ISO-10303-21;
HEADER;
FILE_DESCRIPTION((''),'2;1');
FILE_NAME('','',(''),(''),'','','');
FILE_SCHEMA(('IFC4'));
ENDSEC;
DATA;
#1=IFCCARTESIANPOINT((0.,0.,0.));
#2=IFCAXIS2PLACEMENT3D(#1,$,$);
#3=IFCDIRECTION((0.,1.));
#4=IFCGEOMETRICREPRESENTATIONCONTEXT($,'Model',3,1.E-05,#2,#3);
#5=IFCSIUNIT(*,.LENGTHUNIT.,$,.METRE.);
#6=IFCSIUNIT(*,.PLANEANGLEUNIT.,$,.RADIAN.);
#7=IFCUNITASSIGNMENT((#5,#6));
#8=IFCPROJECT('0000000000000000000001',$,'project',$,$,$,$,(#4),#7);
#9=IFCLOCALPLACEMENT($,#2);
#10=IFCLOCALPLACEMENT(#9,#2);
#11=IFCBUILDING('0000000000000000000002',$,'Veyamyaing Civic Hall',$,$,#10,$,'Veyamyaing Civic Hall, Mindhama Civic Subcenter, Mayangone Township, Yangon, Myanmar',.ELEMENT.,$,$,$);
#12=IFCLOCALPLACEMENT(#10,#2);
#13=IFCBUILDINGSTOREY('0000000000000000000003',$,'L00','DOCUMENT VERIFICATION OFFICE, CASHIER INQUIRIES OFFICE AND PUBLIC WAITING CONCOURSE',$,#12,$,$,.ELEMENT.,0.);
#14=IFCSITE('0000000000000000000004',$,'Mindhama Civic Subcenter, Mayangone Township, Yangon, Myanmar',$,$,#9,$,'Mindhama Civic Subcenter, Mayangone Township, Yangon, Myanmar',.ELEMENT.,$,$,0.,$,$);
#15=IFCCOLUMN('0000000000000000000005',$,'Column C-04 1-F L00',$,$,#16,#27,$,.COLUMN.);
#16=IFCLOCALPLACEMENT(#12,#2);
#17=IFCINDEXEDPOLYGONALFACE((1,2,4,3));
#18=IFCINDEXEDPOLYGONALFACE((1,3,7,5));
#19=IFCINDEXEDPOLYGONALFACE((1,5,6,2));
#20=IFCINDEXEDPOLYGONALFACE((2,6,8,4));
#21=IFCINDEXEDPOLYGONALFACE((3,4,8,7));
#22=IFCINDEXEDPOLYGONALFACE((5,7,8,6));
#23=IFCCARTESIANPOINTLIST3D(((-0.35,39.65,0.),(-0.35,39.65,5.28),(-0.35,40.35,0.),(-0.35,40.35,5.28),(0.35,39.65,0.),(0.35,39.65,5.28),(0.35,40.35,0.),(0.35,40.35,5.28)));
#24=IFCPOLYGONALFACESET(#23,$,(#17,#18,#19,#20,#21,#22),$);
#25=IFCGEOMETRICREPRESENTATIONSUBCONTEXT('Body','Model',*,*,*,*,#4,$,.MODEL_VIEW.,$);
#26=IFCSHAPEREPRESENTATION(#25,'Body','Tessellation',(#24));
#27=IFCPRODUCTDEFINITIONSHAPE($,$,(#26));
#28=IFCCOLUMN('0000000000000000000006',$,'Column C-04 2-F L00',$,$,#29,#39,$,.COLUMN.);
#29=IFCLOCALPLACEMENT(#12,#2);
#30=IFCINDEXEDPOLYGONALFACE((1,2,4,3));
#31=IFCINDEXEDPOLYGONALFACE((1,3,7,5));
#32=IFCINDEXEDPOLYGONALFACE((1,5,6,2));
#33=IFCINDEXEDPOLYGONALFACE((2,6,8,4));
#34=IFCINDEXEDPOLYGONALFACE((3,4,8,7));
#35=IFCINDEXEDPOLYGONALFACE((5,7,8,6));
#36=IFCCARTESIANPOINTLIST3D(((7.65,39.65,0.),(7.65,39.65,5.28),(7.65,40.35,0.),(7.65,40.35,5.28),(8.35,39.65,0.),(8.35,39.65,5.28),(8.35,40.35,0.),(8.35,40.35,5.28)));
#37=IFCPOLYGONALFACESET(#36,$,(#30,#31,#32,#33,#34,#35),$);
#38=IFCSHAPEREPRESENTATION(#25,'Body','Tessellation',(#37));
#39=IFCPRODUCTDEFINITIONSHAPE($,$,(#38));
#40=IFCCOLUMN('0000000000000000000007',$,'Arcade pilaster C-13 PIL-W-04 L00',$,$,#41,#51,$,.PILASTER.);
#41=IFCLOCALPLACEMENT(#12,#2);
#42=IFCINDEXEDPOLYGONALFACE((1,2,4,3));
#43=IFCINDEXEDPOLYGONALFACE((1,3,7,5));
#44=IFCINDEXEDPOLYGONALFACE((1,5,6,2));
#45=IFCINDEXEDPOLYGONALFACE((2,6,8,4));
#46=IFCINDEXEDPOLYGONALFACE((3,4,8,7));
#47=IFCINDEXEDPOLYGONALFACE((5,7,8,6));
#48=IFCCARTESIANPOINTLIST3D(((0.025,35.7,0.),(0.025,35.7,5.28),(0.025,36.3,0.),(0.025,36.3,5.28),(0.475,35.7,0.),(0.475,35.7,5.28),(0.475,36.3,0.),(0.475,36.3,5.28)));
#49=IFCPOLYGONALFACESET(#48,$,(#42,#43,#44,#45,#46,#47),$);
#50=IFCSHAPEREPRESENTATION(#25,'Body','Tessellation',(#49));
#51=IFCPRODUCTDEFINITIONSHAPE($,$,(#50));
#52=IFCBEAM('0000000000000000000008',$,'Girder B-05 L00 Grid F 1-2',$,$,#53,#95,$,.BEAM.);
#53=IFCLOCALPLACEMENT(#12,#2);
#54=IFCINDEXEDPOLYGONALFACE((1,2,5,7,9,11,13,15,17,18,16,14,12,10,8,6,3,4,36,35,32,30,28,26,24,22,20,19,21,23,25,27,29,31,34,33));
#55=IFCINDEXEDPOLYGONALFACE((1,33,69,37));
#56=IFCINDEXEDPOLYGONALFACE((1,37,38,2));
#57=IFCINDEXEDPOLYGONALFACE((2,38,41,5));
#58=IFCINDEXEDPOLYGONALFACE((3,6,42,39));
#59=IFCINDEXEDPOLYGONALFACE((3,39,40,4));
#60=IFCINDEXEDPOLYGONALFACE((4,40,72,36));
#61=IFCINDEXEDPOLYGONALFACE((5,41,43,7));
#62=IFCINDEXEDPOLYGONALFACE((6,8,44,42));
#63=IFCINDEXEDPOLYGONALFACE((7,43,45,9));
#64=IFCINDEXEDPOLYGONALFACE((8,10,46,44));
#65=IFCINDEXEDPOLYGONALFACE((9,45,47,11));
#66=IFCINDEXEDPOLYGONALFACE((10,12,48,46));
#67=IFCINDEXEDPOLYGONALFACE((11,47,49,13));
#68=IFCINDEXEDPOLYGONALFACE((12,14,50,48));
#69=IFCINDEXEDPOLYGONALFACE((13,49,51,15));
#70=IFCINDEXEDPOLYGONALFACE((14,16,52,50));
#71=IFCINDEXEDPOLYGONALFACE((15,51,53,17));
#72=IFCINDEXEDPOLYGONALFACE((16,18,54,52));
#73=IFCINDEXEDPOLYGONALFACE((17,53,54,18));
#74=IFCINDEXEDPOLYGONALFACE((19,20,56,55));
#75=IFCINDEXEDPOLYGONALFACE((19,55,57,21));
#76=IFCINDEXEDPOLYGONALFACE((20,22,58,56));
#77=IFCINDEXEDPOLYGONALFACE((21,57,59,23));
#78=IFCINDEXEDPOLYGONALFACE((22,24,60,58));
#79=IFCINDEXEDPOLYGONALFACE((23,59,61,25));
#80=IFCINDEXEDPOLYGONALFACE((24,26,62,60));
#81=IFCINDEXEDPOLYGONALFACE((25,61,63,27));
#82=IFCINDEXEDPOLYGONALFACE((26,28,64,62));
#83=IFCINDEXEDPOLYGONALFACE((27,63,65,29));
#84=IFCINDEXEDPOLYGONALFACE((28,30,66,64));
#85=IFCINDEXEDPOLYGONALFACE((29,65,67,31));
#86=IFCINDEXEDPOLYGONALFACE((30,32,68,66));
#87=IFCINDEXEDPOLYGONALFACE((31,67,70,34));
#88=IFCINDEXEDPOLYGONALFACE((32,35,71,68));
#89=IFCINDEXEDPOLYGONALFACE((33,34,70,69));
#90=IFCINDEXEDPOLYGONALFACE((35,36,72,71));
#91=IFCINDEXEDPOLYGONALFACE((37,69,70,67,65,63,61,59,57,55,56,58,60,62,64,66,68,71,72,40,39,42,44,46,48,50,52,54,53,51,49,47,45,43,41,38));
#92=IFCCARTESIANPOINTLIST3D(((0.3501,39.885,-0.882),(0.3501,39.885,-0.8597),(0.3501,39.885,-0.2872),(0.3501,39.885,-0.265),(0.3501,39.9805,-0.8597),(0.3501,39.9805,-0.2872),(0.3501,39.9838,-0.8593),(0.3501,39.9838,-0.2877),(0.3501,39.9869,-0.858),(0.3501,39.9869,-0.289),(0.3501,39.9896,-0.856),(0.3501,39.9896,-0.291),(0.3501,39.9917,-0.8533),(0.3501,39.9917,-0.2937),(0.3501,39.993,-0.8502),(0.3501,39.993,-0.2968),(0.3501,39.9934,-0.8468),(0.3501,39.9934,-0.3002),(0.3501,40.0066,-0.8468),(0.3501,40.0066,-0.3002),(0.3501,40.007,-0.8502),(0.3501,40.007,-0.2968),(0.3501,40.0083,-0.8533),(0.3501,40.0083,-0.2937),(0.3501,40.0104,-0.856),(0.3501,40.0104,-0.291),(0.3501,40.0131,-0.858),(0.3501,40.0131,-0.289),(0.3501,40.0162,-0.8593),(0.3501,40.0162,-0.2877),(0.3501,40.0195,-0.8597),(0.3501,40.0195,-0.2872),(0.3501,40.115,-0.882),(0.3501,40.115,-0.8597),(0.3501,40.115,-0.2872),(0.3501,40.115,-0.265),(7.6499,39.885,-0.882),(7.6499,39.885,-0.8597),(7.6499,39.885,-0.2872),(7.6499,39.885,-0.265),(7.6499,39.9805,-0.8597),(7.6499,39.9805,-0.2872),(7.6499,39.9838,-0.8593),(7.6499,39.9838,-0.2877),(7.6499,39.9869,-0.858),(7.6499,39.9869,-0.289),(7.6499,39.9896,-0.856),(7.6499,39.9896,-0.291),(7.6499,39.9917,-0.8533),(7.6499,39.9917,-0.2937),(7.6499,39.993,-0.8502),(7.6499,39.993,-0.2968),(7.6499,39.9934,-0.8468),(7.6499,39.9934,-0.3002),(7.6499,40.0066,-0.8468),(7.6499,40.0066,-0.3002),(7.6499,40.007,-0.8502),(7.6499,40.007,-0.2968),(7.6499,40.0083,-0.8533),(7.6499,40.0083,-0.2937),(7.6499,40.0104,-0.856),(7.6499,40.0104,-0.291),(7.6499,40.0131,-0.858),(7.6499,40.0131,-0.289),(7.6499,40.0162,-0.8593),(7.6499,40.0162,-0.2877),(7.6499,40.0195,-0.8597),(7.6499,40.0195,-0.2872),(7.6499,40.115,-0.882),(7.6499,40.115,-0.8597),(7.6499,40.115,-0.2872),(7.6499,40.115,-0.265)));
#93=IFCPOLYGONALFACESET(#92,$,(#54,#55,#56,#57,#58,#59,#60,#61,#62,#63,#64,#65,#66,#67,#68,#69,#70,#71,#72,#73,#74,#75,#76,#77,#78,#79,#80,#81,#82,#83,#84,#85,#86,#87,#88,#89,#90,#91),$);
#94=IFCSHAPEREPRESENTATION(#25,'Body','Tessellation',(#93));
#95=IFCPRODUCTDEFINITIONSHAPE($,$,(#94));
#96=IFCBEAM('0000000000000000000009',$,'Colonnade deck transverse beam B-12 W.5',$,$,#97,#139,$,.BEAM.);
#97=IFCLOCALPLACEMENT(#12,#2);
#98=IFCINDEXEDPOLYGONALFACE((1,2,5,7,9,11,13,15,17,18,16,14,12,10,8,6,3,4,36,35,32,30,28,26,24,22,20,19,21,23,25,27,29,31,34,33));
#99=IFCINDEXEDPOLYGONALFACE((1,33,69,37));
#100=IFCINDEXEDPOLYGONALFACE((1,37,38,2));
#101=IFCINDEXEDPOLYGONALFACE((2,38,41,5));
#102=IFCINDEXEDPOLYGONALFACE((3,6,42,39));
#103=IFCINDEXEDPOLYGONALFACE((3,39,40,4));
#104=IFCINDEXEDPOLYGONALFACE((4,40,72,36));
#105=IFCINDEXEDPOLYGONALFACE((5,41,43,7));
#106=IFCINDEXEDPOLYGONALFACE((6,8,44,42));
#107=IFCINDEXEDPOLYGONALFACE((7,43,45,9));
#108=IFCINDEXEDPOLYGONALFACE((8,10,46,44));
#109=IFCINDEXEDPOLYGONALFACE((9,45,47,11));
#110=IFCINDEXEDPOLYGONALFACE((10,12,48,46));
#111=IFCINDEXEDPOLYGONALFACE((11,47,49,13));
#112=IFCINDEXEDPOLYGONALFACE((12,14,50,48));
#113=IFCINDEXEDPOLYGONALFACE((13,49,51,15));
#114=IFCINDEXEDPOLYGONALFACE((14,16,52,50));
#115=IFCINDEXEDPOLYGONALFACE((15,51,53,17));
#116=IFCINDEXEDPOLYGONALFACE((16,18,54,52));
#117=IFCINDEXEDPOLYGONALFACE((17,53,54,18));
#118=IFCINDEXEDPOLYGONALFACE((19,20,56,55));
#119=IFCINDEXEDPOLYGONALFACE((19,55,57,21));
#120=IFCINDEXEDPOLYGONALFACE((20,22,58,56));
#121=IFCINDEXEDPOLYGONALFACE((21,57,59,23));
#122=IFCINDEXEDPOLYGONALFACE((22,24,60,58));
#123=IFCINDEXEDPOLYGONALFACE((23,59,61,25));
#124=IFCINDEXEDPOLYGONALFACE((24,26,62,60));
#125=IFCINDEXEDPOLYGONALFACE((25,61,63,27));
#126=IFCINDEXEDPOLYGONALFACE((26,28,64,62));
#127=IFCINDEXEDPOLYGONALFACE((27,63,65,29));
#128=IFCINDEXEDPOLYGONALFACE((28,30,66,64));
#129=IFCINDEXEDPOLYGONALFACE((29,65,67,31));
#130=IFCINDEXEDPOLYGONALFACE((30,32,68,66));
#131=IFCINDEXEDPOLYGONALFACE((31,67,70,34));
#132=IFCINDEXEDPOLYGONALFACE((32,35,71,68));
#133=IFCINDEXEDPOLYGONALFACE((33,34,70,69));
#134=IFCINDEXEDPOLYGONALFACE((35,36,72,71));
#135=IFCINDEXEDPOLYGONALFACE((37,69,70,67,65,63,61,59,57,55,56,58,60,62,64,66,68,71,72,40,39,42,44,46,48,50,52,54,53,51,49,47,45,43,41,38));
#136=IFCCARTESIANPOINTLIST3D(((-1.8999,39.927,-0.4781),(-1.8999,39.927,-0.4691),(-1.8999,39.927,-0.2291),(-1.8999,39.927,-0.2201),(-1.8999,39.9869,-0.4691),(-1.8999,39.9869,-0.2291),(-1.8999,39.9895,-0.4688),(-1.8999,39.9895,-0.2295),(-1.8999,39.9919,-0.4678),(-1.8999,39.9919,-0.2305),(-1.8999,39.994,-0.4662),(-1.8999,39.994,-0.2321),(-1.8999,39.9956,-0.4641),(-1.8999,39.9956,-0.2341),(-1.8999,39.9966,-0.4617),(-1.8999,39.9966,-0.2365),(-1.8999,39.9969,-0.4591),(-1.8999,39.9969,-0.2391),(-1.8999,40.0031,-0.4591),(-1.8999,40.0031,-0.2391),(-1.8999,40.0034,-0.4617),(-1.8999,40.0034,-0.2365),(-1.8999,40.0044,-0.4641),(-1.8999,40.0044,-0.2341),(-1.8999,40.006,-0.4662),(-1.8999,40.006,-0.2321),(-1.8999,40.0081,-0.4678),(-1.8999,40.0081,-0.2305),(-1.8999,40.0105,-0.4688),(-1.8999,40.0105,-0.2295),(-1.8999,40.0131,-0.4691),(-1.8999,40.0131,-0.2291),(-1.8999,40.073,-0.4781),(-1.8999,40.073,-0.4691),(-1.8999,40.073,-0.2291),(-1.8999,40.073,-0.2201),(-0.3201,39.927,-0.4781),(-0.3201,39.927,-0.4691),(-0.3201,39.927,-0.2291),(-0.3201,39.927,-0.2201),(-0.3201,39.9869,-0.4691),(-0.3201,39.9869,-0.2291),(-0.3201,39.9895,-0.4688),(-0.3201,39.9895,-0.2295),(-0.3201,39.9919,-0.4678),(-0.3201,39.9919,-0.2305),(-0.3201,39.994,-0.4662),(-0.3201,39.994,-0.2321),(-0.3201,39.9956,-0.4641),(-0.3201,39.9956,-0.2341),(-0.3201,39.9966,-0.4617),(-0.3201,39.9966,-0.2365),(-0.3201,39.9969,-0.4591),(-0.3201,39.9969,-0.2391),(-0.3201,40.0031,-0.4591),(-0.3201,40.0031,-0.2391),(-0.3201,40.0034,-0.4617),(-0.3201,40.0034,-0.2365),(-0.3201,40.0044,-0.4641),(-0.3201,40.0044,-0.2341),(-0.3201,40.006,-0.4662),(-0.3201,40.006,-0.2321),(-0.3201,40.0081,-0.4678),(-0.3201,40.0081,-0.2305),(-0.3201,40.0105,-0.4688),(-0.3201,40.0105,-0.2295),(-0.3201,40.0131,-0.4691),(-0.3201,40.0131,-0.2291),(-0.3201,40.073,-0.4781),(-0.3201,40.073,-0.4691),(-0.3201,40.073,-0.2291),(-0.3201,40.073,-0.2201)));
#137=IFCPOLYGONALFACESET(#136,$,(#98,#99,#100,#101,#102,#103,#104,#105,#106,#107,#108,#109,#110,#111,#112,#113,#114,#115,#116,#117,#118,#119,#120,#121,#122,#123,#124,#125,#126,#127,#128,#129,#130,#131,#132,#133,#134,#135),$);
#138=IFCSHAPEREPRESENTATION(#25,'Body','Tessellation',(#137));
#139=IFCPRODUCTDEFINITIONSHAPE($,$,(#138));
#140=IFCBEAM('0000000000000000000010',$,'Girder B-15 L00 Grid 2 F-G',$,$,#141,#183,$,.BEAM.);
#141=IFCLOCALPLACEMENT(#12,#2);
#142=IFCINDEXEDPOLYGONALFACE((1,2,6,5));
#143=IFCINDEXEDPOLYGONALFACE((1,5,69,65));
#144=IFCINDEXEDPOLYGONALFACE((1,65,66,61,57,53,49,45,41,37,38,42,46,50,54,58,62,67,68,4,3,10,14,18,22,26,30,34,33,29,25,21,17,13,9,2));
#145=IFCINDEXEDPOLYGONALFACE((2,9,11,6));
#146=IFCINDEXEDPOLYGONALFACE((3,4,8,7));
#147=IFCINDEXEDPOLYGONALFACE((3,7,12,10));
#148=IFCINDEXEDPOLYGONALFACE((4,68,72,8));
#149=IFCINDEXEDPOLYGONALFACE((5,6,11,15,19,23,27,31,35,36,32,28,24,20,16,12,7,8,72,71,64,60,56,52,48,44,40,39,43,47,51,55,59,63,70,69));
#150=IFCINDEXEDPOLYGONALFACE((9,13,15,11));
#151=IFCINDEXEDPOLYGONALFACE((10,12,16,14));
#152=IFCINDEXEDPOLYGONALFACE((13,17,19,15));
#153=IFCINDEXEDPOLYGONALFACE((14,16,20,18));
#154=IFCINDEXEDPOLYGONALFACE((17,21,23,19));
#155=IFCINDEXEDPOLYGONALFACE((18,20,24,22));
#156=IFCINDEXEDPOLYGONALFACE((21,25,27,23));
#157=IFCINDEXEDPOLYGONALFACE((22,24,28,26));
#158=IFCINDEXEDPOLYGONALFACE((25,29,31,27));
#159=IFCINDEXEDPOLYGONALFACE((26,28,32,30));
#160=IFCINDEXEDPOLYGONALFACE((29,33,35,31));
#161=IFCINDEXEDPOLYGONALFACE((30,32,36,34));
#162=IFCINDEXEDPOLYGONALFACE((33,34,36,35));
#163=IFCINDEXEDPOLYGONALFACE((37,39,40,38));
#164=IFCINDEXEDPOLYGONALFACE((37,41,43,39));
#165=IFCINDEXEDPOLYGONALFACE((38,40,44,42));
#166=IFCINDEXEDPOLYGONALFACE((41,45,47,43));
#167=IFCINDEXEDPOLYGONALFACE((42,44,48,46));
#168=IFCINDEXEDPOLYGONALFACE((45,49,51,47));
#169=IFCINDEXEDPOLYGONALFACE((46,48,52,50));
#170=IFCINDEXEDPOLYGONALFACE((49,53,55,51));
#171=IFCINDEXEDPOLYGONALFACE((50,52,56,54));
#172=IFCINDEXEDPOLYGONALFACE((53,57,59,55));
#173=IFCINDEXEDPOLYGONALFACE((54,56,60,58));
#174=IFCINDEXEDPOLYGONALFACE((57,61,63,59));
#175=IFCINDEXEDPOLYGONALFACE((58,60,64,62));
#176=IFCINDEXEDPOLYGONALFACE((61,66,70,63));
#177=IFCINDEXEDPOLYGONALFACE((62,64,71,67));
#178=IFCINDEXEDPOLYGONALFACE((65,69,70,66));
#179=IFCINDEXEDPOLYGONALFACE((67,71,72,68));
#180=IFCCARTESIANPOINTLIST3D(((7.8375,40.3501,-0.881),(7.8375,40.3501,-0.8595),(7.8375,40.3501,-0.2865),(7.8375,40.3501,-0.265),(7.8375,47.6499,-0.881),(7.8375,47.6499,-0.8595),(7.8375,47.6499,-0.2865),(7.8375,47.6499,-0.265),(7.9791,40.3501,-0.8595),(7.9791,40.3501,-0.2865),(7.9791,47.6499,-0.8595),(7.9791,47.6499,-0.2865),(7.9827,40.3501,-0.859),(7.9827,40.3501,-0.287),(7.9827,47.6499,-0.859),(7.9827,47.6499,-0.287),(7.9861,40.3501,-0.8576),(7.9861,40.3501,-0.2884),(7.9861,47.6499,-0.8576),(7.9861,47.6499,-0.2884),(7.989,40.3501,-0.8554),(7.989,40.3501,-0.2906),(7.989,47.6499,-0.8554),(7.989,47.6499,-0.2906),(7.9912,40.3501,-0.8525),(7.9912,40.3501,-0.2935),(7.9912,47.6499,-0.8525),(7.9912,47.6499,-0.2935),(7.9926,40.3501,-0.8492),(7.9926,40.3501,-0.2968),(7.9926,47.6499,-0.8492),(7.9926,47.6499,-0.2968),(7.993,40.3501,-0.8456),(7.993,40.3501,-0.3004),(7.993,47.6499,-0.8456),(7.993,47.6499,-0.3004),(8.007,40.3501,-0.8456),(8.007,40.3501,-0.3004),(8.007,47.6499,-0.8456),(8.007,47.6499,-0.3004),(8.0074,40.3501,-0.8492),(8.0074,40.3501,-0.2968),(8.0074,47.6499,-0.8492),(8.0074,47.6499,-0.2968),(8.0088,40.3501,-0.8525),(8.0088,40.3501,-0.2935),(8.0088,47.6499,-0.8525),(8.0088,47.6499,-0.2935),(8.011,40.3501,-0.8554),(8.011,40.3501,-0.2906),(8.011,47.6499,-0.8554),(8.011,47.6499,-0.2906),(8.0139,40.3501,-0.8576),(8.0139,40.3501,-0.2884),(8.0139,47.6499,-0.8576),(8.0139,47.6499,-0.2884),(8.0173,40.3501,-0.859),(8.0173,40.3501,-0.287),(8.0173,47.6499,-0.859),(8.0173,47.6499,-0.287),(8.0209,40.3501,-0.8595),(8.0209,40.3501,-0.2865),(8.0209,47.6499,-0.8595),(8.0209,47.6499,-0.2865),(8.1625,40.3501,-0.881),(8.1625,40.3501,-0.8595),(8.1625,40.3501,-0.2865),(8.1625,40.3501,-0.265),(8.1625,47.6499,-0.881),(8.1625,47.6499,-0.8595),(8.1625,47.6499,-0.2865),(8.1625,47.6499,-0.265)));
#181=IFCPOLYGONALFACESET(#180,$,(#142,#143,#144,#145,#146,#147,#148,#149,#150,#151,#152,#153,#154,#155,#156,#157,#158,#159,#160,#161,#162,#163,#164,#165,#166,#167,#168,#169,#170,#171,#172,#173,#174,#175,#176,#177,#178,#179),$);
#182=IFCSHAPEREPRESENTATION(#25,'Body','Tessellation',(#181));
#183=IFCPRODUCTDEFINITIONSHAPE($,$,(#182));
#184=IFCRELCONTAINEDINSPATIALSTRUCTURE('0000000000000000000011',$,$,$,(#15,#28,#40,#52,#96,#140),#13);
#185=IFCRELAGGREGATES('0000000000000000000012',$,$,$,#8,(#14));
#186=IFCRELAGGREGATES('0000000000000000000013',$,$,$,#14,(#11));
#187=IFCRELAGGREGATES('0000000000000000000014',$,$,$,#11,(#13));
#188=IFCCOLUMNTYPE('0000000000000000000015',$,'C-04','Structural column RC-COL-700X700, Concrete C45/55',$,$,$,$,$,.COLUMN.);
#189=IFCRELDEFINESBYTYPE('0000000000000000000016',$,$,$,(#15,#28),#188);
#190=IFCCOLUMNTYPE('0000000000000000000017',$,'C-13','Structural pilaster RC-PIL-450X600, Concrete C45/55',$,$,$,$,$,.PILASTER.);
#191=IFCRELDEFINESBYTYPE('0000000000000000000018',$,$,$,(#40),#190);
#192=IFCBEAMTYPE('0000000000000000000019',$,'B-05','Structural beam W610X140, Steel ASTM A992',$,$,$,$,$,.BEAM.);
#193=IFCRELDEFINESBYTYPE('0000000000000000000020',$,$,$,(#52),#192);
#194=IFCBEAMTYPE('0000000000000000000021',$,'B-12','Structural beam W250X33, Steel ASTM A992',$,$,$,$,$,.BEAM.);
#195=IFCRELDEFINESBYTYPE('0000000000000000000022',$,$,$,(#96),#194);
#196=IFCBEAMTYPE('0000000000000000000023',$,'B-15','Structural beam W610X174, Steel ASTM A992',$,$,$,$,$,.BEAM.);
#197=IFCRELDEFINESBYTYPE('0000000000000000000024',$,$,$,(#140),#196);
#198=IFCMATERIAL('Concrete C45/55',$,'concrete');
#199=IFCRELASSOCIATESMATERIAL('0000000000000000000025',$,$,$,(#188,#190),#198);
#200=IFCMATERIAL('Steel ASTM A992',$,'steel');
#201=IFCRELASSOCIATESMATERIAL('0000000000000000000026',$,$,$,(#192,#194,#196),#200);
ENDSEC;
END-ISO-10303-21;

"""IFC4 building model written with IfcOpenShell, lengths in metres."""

from ifc_helpers import new_model, si_unit, direction, frame, origin, origin_2d, place, context, subcontext, project, spatial, rectangle, i_section, extrude, material, material_profile, profile_set, type_object, element, save


model = new_model("IFC4")

# Units and contexts
model_context = context("Model", 3, precision=1e-05, world=origin(), true_north=direction((0.0, 1.0)))
body_context = subcontext(model_context, "Body", "Model", "MODEL_VIEW")
ifc_project = project(units=[si_unit("LENGTHUNIT", "METRE"), si_unit("PLANEANGLEUNIT", "RADIAN")], contexts=[model_context])

# Site, building, storey
site_placement = place(None, origin())
site = spatial("IfcSite", under=ifc_project, at=site_placement, Name="Mindhama Civic Subcenter, Mayangone Township, Yangon, Myanmar", LongName="Mindhama Civic Subcenter, Mayangone Township, Yangon, Myanmar", CompositionType="ELEMENT", RefElevation=0.0)
building_placement = place(site_placement, origin())
building = spatial("IfcBuilding", under=site, at=building_placement, Name="Veyamyaing Civic Hall", LongName="Veyamyaing Civic Hall, Mindhama Civic Subcenter, Mayangone Township, Yangon, Myanmar", CompositionType="ELEMENT")
storey_placement = place(building_placement, origin())
storey = spatial("IfcBuildingStorey", under=building, at=storey_placement, Name="L00", Description="DOCUMENT VERIFICATION OFFICE, CASHIER INQUIRIES OFFICE AND PUBLIC WAITING CONCOURSE", CompositionType="ELEMENT", Elevation=0.0)

# Columns
ifc_material_1 = material(Name="Concrete C45/55", Category="concrete")
ifc_material_profile_1 = material_profile(ifc_material_1, rectangle(XDim=0.7, YDim=0.7, at=origin_2d()), Name="RC-COL-700X700")
ifc_profile_set_1 = profile_set([ifc_material_profile_1], Name="Concrete C45/55")
column_type_1 = type_object("IfcColumnType", Name="C-04", Description="Structural column RC-COL-700X700, Concrete C45/55", PredefinedType="COLUMN", material=ifc_profile_set_1)
for number, where, z_axis, x_axis, name in (
    (1, (0.0, 40.0, 0.0), (0.0, 0.0, 1.0), (1.0, 0.0, 0.0), "Column C-04 1-F L00"),
    (2, (8.0, 40.0, 0.0), (0.0, 0.0, 1.0), (1.0, 0.0, 0.0), "Column C-04 2-F L00"),
):
    element("IfcColumn", number, at=place(storey_placement, frame(where, z_axis=z_axis, x_axis=x_axis)), inside=storey, type_object=column_type_1, Name=name, PredefinedType="COLUMN", context=body_context, shape_type="SweptSolid", body=[
        extrude(rectangle(XDim=0.7, YDim=0.7, at=origin_2d()), origin(), (0.0, 0.0, 1.0), 5.28),
    ])
ifc_material_profile_2 = material_profile(ifc_material_1, rectangle(XDim=0.45, YDim=0.6001, at=origin_2d()), Name="RC-PIL-450X600")
ifc_profile_set_2 = profile_set([ifc_material_profile_2], Name="Concrete C45/55")
column_type_2 = type_object("IfcColumnType", Name="C-13", Description="Structural pilaster RC-PIL-450X600, Concrete C45/55", PredefinedType="PILASTER", material=ifc_profile_set_2)
column_placement = place(storey_placement, frame((0.25, 36.0, 0.0), z_axis=(0.0, 0.0, 1.0), x_axis=(1.0, 0.0, 0.0)))
element("IfcColumn", 3, at=column_placement, inside=storey, type_object=column_type_2, Name="Arcade pilaster C-13 PIL-W-04 L00", PredefinedType="PILASTER", context=body_context, shape_type="SweptSolid", body=[
    extrude(rectangle(XDim=0.45, YDim=0.6001, at=origin_2d()), origin(), (0.0, 0.0, 1.0), 5.28),
])

# Beams
ifc_material_2 = material(Name="Steel ASTM A992", Category="steel")
ifc_material_profile_3 = material_profile(ifc_material_2, i_section(OverallWidth=0.23, OverallDepth=0.6169, WebThickness=0.0132, FlangeThickness=0.0222, FilletRadius=0.0129, at=origin_2d()), Name="W610X140")
ifc_profile_set_3 = profile_set([ifc_material_profile_3], Name="Steel ASTM A992")
beam_type_1 = type_object("IfcBeamType", Name="B-05", Description="Structural beam W610X140, Steel ASTM A992", PredefinedType="BEAM", material=ifc_profile_set_3)
beam_1_placement = place(storey_placement, frame((0.3501, 40.0, -0.5735), z_axis=(1.0, 0.0, 0.0), x_axis=(0.0, 1.0, 0.0)))
element("IfcBeam", 4, at=beam_1_placement, inside=storey, type_object=beam_type_1, Name="Girder B-05 L00 Grid F 1-2", PredefinedType="BEAM", context=body_context, shape_type="SweptSolid", body=[
    extrude(i_section(OverallWidth=0.23, OverallDepth=0.6169, WebThickness=0.0132, FlangeThickness=0.0222, FilletRadius=0.0129, at=origin_2d()), origin(), (0.0, 0.0, 1.0), 7.2998),
])
ifc_material_profile_4 = material_profile(ifc_material_2, i_section(OverallWidth=0.146, OverallDepth=0.2581, WebThickness=0.0061, FlangeThickness=0.009, FilletRadius=0.01, at=origin_2d()), Name="W250X33")
ifc_profile_set_4 = profile_set([ifc_material_profile_4], Name="Steel ASTM A992")
beam_type_2 = type_object("IfcBeamType", Name="B-12", Description="Structural beam W250X33, Steel ASTM A992", PredefinedType="BEAM", material=ifc_profile_set_4)
beam_2_placement = place(storey_placement, frame((-1.8999, 40.0, -0.3491), z_axis=(1.0, 0.0, 0.0), x_axis=(0.0, 1.0, 0.0)))
element("IfcBeam", 5, at=beam_2_placement, inside=storey, type_object=beam_type_2, Name="Colonnade deck transverse beam B-12 W.5", PredefinedType="BEAM", context=body_context, shape_type="SweptSolid", body=[
    extrude(i_section(OverallWidth=0.146, OverallDepth=0.2581, WebThickness=0.0061, FlangeThickness=0.009, FilletRadius=0.01, at=origin_2d()), origin(), (0.0, 0.0, 1.0), 1.5798),
])
ifc_material_profile_5 = material_profile(ifc_material_2, i_section(OverallWidth=0.325, OverallDepth=0.616, WebThickness=0.0139, FlangeThickness=0.0215, FilletRadius=0.0139, at=origin_2d()), Name="W610X174")
ifc_profile_set_5 = profile_set([ifc_material_profile_5], Name="Steel ASTM A992")
beam_type_3 = type_object("IfcBeamType", Name="B-15", Description="Structural beam W610X174, Steel ASTM A992", PredefinedType="BEAM", material=ifc_profile_set_5)
beam_3_placement = place(storey_placement, frame((8.0, 40.3501, -0.573), z_axis=(0.0, 1.0, 0.0), x_axis=(-1.0, 0.0, 0.0)))
element("IfcBeam", 6, at=beam_3_placement, inside=storey, type_object=beam_type_3, Name="Girder B-15 L00 Grid 2 F-G", PredefinedType="BEAM", context=body_context, shape_type="SweptSolid", body=[
    extrude(i_section(OverallWidth=0.325, OverallDepth=0.616, WebThickness=0.0139, FlangeThickness=0.0215, FilletRadius=0.0139, at=origin_2d()), origin(), (0.0, 0.0, 1.0), 7.2998),
])

save(model, "model.ifc")
